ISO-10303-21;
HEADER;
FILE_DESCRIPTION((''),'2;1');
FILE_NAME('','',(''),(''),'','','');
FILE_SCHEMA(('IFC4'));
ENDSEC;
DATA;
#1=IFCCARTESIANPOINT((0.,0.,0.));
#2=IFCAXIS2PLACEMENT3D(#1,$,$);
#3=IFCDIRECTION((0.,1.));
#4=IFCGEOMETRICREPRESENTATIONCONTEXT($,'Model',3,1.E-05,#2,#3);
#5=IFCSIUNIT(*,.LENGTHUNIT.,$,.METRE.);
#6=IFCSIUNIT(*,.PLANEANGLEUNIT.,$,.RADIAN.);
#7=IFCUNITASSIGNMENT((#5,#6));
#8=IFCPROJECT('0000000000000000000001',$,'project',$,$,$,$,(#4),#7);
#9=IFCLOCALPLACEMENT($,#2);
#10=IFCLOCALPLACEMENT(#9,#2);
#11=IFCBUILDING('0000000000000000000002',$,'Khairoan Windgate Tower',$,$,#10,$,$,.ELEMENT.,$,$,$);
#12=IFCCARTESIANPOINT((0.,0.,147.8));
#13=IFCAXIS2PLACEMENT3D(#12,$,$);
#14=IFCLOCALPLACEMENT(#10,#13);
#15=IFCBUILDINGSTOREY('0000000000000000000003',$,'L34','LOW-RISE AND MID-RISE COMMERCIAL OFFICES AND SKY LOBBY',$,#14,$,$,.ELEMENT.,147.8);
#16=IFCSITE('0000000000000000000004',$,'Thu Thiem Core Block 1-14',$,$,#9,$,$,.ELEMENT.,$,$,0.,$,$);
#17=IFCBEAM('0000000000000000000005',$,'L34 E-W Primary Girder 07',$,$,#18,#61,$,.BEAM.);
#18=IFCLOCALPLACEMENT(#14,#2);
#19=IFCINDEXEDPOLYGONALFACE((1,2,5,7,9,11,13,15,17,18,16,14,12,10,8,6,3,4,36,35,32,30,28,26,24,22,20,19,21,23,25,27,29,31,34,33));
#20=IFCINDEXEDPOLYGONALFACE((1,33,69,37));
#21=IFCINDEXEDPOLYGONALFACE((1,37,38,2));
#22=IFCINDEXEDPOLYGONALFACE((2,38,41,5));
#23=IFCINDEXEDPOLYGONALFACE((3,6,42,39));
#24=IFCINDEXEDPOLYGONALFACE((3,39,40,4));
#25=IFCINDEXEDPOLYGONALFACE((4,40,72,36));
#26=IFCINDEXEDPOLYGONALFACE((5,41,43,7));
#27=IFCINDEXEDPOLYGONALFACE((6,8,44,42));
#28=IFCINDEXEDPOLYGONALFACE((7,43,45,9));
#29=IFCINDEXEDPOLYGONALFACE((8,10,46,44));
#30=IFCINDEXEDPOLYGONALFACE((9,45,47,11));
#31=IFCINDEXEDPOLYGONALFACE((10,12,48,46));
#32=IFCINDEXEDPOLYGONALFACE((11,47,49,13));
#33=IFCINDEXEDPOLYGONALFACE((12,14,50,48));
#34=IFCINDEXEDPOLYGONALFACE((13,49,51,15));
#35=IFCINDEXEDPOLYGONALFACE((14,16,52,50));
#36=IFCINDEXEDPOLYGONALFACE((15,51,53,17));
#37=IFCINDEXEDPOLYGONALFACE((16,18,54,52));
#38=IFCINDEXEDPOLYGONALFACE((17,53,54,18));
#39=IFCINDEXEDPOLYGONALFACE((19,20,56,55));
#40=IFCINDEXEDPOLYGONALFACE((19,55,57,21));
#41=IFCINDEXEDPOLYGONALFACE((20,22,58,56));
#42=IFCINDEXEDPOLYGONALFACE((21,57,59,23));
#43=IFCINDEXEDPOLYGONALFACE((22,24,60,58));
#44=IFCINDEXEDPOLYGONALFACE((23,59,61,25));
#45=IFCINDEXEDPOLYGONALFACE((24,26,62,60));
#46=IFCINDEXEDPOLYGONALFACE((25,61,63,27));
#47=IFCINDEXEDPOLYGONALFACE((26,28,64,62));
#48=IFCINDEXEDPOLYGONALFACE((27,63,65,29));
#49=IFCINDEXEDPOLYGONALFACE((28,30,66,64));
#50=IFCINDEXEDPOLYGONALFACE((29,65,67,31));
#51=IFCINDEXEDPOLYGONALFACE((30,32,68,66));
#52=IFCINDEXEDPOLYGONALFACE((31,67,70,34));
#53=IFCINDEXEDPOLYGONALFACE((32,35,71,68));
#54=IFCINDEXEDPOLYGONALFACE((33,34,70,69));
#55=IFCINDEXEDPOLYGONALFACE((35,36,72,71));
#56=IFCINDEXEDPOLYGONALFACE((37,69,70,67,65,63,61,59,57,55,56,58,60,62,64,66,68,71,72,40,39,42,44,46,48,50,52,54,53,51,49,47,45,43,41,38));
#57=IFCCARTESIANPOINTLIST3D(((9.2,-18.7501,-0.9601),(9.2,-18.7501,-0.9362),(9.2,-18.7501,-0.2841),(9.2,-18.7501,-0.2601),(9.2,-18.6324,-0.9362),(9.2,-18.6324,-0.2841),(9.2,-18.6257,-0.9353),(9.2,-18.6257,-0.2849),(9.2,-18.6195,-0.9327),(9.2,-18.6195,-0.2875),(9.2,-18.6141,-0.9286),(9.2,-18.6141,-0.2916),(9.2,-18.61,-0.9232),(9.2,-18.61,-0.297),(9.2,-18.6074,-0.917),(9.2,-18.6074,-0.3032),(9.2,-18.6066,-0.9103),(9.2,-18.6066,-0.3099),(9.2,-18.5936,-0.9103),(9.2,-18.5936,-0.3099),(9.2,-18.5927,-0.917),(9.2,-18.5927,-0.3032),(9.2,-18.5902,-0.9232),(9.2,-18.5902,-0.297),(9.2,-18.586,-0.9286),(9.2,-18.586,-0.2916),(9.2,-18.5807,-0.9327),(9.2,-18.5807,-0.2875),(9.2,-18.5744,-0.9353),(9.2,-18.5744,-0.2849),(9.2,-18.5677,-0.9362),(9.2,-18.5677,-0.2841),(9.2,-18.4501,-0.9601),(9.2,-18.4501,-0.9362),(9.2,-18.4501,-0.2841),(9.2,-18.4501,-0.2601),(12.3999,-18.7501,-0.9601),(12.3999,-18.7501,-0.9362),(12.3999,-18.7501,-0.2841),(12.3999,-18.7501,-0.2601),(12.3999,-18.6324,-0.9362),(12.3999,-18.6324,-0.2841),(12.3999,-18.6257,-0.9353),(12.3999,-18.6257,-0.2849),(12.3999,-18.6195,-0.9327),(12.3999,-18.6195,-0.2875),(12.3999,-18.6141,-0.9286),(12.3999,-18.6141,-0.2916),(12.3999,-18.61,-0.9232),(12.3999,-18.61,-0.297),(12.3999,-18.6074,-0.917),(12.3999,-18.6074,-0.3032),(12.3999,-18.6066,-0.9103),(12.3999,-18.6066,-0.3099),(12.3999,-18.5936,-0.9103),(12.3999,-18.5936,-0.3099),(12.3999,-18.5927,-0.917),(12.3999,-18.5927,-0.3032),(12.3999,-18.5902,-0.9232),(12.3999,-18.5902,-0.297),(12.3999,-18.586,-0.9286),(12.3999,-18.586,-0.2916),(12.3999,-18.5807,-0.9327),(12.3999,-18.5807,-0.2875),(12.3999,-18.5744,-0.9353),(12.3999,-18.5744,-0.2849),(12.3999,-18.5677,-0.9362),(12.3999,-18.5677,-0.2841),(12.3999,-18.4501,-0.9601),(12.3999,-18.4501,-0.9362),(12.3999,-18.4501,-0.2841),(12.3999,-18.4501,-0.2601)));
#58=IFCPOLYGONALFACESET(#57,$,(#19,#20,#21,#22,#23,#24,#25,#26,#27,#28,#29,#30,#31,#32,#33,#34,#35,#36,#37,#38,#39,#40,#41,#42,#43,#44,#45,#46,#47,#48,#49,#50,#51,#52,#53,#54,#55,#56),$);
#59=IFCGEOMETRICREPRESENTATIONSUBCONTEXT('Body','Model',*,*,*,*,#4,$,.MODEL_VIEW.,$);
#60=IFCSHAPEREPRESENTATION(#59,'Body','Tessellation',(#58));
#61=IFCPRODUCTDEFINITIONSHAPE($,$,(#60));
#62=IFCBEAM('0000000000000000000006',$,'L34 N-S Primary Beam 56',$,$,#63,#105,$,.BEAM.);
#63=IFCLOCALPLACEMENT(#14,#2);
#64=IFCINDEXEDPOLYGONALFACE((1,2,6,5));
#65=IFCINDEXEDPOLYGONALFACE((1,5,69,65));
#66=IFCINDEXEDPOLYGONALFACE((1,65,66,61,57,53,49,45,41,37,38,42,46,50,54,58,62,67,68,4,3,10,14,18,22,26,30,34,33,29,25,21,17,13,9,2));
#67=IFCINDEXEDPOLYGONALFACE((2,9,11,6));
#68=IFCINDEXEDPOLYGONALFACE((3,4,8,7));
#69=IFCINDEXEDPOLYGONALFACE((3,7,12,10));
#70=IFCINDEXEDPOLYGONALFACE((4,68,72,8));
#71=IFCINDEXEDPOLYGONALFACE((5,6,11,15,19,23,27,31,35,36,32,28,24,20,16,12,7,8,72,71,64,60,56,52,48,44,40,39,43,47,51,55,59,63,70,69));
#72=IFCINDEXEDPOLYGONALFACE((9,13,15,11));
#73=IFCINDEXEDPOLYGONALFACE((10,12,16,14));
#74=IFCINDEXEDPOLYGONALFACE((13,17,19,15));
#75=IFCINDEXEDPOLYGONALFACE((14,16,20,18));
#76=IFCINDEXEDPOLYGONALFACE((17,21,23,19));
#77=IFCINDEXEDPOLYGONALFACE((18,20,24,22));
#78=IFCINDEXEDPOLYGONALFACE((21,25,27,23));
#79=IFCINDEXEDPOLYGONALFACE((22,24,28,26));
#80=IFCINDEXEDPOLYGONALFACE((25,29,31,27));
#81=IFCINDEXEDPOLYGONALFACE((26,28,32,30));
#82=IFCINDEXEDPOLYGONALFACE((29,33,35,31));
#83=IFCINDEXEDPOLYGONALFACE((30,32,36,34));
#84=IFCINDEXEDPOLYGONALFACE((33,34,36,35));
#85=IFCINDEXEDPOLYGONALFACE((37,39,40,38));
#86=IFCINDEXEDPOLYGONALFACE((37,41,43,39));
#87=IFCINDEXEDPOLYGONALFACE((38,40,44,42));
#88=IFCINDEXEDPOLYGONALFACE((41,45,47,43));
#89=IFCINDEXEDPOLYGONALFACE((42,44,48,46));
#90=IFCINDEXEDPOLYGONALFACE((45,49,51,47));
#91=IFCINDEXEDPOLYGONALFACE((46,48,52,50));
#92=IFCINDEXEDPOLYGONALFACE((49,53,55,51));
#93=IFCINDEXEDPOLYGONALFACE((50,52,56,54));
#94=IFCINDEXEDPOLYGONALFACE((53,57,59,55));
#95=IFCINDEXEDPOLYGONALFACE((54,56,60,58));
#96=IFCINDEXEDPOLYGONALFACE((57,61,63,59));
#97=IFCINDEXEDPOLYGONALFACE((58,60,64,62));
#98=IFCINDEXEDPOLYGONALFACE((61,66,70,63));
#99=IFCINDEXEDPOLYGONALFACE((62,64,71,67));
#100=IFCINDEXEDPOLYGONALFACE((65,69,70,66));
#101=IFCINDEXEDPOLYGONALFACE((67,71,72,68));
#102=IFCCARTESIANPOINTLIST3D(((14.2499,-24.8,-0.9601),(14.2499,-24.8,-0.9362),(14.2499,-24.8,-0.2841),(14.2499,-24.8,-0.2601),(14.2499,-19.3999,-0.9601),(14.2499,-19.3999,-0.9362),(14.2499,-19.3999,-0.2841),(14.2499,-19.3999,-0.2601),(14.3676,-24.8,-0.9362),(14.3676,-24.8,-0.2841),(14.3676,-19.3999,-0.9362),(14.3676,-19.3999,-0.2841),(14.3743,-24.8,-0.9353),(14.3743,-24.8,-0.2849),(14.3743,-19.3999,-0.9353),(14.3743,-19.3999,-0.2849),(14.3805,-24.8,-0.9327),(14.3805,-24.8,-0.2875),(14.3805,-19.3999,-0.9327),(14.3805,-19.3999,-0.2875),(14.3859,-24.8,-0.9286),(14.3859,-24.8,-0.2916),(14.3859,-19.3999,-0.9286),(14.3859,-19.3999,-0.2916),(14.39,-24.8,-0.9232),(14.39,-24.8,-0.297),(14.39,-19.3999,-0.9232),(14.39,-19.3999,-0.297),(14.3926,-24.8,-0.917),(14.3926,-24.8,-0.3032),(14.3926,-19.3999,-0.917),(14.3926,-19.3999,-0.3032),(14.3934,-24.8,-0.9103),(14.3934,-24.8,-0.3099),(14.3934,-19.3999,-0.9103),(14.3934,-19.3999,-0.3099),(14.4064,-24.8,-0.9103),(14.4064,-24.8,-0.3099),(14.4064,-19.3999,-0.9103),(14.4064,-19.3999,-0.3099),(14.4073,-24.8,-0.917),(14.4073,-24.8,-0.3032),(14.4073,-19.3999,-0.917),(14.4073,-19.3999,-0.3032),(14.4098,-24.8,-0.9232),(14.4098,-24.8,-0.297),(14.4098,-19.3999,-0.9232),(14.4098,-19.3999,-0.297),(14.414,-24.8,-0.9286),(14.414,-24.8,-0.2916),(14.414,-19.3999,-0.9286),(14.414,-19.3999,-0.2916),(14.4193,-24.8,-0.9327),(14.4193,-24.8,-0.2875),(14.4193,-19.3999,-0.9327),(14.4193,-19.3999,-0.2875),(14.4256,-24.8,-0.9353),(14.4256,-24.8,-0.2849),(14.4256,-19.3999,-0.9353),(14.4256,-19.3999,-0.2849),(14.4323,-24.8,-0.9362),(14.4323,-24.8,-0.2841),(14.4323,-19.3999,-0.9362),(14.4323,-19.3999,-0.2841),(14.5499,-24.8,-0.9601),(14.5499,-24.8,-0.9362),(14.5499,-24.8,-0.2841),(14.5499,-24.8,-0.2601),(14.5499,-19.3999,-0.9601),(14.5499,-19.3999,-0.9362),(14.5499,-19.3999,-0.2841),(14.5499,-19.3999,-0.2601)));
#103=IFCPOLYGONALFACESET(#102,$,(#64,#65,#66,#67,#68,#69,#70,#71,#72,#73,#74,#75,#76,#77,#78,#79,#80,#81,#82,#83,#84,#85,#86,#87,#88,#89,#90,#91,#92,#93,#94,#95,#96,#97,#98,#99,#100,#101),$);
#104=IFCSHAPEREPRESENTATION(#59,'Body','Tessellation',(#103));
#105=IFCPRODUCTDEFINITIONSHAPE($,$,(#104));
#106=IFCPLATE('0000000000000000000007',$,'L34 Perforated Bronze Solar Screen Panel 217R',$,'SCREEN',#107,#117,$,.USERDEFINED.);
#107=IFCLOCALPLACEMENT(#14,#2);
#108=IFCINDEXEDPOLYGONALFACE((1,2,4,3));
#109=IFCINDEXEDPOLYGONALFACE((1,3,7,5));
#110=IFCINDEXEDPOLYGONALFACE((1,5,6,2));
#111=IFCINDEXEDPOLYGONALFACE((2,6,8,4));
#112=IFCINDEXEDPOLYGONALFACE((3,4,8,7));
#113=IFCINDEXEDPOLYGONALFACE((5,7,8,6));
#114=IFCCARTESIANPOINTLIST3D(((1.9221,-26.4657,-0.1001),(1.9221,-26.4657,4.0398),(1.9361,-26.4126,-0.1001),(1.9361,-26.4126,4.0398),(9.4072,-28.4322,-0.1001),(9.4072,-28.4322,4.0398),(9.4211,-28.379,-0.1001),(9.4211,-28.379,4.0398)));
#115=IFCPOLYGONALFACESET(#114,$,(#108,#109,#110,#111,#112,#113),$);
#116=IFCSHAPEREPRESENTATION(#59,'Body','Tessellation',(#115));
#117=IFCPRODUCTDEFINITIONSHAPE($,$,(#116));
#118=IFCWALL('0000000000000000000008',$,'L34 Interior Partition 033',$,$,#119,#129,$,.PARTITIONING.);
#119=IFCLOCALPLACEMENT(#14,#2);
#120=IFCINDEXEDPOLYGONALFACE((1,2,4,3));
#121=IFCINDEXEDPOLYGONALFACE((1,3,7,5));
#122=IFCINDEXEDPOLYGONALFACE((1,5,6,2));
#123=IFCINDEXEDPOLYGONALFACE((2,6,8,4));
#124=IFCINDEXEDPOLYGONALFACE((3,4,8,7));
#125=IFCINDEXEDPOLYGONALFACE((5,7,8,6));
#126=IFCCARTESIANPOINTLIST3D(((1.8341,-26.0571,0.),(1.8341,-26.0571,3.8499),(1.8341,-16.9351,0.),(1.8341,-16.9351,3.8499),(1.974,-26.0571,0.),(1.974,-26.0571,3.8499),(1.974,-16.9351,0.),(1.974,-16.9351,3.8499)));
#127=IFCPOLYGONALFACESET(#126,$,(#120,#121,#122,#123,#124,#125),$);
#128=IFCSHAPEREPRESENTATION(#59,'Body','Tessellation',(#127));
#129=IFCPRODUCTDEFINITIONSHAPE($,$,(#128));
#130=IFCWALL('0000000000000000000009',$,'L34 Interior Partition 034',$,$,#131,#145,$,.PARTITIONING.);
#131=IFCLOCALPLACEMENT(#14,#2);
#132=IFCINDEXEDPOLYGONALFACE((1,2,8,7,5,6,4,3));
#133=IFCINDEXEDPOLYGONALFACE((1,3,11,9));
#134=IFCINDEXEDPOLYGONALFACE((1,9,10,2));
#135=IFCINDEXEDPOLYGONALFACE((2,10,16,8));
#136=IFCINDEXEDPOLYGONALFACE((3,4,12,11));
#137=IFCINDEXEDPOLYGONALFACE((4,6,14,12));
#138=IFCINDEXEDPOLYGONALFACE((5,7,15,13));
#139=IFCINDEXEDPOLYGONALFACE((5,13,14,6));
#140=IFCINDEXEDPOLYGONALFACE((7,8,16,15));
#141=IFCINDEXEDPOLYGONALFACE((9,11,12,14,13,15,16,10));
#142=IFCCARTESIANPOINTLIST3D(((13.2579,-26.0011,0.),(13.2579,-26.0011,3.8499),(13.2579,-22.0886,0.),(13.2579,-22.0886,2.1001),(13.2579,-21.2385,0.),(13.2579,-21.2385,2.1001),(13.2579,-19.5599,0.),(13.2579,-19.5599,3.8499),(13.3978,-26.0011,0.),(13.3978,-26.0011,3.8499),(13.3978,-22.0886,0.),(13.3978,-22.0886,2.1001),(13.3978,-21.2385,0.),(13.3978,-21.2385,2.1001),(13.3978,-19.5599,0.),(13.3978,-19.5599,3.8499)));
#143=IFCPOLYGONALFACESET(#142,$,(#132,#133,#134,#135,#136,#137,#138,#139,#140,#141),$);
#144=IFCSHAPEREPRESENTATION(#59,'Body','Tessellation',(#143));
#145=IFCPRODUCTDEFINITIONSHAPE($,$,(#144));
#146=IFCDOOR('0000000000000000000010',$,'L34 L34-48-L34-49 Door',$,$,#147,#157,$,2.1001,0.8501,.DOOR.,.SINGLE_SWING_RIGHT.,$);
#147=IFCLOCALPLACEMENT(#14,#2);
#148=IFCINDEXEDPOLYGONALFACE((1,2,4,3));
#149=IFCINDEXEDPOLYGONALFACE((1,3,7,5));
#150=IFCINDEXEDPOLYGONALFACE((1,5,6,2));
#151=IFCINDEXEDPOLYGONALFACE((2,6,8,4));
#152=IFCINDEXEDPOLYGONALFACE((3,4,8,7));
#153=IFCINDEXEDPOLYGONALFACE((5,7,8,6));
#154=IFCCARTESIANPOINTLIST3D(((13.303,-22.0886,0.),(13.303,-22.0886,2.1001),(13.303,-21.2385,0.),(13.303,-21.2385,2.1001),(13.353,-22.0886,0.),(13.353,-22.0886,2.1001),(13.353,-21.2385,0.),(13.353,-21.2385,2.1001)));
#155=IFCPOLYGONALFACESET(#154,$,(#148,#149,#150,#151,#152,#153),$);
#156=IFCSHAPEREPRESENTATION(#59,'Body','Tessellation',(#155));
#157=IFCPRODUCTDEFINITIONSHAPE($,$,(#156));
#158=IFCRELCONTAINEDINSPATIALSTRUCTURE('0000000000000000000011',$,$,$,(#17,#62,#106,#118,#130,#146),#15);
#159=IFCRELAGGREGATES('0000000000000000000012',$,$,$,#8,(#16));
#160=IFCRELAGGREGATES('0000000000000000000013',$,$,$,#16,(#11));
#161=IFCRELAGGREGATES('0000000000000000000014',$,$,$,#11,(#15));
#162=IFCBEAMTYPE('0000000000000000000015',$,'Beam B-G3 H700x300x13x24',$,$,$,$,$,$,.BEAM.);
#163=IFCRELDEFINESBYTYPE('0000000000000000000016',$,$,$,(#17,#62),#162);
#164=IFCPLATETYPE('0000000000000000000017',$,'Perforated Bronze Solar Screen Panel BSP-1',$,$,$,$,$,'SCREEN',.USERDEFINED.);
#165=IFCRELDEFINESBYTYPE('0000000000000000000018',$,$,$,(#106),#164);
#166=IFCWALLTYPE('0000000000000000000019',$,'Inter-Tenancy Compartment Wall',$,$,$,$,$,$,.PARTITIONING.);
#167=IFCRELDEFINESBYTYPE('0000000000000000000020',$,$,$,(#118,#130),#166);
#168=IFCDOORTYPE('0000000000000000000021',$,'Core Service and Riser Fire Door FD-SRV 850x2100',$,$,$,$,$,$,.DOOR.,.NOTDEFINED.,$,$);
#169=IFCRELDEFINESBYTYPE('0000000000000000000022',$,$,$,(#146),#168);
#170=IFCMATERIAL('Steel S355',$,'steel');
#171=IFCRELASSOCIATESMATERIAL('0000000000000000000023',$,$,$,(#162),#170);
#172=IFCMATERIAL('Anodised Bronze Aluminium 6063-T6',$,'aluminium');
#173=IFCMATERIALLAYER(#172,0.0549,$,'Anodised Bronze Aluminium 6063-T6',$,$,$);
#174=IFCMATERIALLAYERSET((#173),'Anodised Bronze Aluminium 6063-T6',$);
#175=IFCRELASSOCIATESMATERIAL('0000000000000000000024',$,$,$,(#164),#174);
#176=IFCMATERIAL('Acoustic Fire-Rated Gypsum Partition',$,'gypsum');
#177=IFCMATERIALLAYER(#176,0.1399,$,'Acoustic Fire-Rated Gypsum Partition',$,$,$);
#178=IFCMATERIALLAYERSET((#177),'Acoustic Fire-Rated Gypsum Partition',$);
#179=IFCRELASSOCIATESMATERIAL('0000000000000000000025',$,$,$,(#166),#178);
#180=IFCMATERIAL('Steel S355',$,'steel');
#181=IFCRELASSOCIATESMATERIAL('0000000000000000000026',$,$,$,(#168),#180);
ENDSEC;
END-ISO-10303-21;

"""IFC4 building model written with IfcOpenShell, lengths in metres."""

from ifc_helpers import new_model, si_unit, direction, frame, frame_2d, origin, origin_2d, place, context, subcontext, project, spatial, rectangle, i_section, extrude, material, layer, layer_set, material_profile, profile_set, type_object, element, fill, save


model = new_model("IFC4")

# Units and contexts
model_context = context("Model", 3, precision=1e-05, world=origin(), true_north=direction((0.0, 1.0)))
body_context = subcontext(model_context, "Body", "Model", "MODEL_VIEW")
ifc_project = project(units=[si_unit("LENGTHUNIT", "METRE"), si_unit("PLANEANGLEUNIT", "RADIAN")], contexts=[model_context])

# Site, building, storey
site_placement = place(None, origin())
site = spatial("IfcSite", under=ifc_project, at=site_placement, Name="Thu Thiem Core Block 1-14", CompositionType="ELEMENT", RefElevation=0.0)
building_placement = place(site_placement, origin())
building = spatial("IfcBuilding", under=site, at=building_placement, Name="Khairoan Windgate Tower", CompositionType="ELEMENT")
storey_placement = place(building_placement, frame((0.0, 0.0, 147.8)))
storey = spatial("IfcBuildingStorey", under=building, at=storey_placement, Name="L34", Description="LOW-RISE AND MID-RISE COMMERCIAL OFFICES AND SKY LOBBY", CompositionType="ELEMENT", Elevation=147.8)

# Beams
ifc_material_1 = material(Name="Steel S355", Category="steel")
ifc_material_profile_1 = material_profile(ifc_material_1, i_section(OverallWidth=0.3, OverallDepth=0.7, WebThickness=0.0129, FlangeThickness=0.0239, FilletRadius=0.0259, at=origin_2d()))
ifc_profile_set_1 = profile_set([ifc_material_profile_1], Name="Steel S355")
beam_type = type_object("IfcBeamType", Name="Beam B-G3 H700x300x13x24", PredefinedType="BEAM", material=ifc_profile_set_1)
beam_1_placement = place(storey_placement, frame((9.2, -18.6001, -0.6101), z_axis=(1.0, 0.0, 0.0), x_axis=(0.0, 1.0, 0.0)))
element("IfcBeam", 1, at=beam_1_placement, inside=storey, type_object=beam_type, Name="L34 E-W Primary Girder 07", PredefinedType="BEAM", context=body_context, shape_type="SweptSolid", body=[
    extrude(i_section(OverallWidth=0.3, OverallDepth=0.7, WebThickness=0.0129, FlangeThickness=0.0239, FilletRadius=0.0259, at=origin_2d()), origin(), (0.0, 0.0, 1.0), 3.2),
])
beam_2_placement = place(storey_placement, frame((14.3999, -24.8, -0.6101), z_axis=(0.0, 1.0, 0.0), x_axis=(-1.0, 0.0, 0.0)))
element("IfcBeam", 2, at=beam_2_placement, inside=storey, type_object=beam_type, Name="L34 N-S Primary Beam 56", PredefinedType="BEAM", context=body_context, shape_type="SweptSolid", body=[
    extrude(i_section(OverallWidth=0.3, OverallDepth=0.7, WebThickness=0.0129, FlangeThickness=0.0239, FilletRadius=0.0259, at=origin_2d()), origin(), (0.0, 0.0, 1.0), 5.4001),
])

# Plate
ifc_material_2 = material(Name="Anodised Bronze Aluminium 6063-T6", Category="aluminium")
ifc_layer_1 = layer(ifc_material_2, 0.0549, Name="Anodised Bronze Aluminium 6063-T6")
ifc_layer_set_1 = layer_set([ifc_layer_1], Name="Anodised Bronze Aluminium 6063-T6")
plate_type = type_object("IfcPlateType", Name="Perforated Bronze Solar Screen Panel BSP-1", ElementType="SCREEN", PredefinedType="USERDEFINED", material=ifc_layer_set_1)
plate_placement = place(storey_placement, frame((5.6716, -27.4224, -0.1001), z_axis=(0.0, 0.0, 1.0), x_axis=(-0.967179, 0.254096, 0.0)))
element("IfcPlate", 3, at=plate_placement, inside=storey, type_object=plate_type, Name="L34 Perforated Bronze Solar Screen Panel 217R", ObjectType="SCREEN", PredefinedType="USERDEFINED", context=body_context, shape_type="SweptSolid", body=[
    extrude(rectangle(XDim=7.739, YDim=0.0549, at=origin_2d()), origin(), (0.0, 0.0, 1.0), 4.1399),
])

# Wall
ifc_material_3 = material(Name="Acoustic Fire-Rated Gypsum Partition", Category="gypsum")
ifc_layer_2 = layer(ifc_material_3, 0.1399, Name="Acoustic Fire-Rated Gypsum Partition")
ifc_layer_set_2 = layer_set([ifc_layer_2], Name="Acoustic Fire-Rated Gypsum Partition")
wall_type_1 = type_object("IfcWallType", Name="Inter-Tenancy Compartment Wall", PredefinedType="PARTITIONING", material=ifc_layer_set_2)
wall_1_placement = place(storey_placement, frame((1.9041, -26.0571, 0.0), z_axis=(0.0, 0.0, 1.0), x_axis=(0.0, 1.0, 0.0)))
element("IfcWall", 4, at=wall_1_placement, inside=storey, type_object=wall_type_1, Name="L34 Interior Partition 033", PredefinedType="PARTITIONING", context=body_context, shape_type="SweptSolid", body=[
    extrude(rectangle(XDim=9.1221, YDim=0.1399, at=frame_2d((4.561, 0.0))), origin(), (0.0, 0.0, 1.0), 3.8499),
])

# Wall, opening, door
wall_2_placement = place(storey_placement, frame((13.3279, -26.0012, 0.0), z_axis=(0.0, 0.0, 1.0), x_axis=(0.0, 1.0, 0.0)))
wall_2 = element("IfcWall", 5, at=wall_2_placement, inside=storey, type_object=wall_type_1, Name="L34 Interior Partition 034", PredefinedType="PARTITIONING", context=body_context, shape_type="SweptSolid", body=[
    extrude(rectangle(XDim=6.4412, YDim=0.1399, at=frame_2d((3.2207, 0.0))), origin(), (0.0, 0.0, 1.0), 3.8499),
])
opening_1_placement = place(wall_2_placement, frame((3.9126, 0.0, 0.0)))
opening_1 = element("IfcOpeningElement", 6, at=opening_1_placement, cuts=wall_2, PredefinedType="OPENING", context=body_context, shape_type="SweptSolid", body=[
    extrude(rectangle(XDim=0.8501, YDim=2.1001, at=frame_2d((0.425, 1.05))), frame((0.0, 0.0798, 0.0), z_axis=(0.0, -1.0, 0.0), x_axis=(1.0, 0.0, 0.0)), (0.0, 0.0, 1.0), 0.1599),
])
ifc_material_4 = material(Name="Steel S355", Category="steel")
door_type_1 = type_object("IfcDoorType", Name="Core Service and Riser Fire Door FD-SRV 850x2100", OperationType="NOTDEFINED", PredefinedType="DOOR", material=ifc_material_4)
door_1_placement = place(opening_1_placement, origin())
door_1 = element("IfcDoor", 7, at=door_1_placement, inside=storey, type_object=door_type_1, Name="L34 L34-48-L34-49 Door", OperationType="SINGLE_SWING_RIGHT", OverallHeight=2.1001, OverallWidth=0.8501, PredefinedType="DOOR", context=body_context, shape_type="SweptSolid", body=[
    extrude(rectangle(XDim=0.8501, YDim=2.1001, at=frame_2d((0.425, 1.05))), frame((0.0, 0.0249, 0.0), z_axis=(0.0, -1.0, 0.0), x_axis=(1.0, 0.0, 0.0)), (0.0, 0.0, 1.0), 0.05),
])
fill(opening_1, door_1)

save(model, "model.ifc")
